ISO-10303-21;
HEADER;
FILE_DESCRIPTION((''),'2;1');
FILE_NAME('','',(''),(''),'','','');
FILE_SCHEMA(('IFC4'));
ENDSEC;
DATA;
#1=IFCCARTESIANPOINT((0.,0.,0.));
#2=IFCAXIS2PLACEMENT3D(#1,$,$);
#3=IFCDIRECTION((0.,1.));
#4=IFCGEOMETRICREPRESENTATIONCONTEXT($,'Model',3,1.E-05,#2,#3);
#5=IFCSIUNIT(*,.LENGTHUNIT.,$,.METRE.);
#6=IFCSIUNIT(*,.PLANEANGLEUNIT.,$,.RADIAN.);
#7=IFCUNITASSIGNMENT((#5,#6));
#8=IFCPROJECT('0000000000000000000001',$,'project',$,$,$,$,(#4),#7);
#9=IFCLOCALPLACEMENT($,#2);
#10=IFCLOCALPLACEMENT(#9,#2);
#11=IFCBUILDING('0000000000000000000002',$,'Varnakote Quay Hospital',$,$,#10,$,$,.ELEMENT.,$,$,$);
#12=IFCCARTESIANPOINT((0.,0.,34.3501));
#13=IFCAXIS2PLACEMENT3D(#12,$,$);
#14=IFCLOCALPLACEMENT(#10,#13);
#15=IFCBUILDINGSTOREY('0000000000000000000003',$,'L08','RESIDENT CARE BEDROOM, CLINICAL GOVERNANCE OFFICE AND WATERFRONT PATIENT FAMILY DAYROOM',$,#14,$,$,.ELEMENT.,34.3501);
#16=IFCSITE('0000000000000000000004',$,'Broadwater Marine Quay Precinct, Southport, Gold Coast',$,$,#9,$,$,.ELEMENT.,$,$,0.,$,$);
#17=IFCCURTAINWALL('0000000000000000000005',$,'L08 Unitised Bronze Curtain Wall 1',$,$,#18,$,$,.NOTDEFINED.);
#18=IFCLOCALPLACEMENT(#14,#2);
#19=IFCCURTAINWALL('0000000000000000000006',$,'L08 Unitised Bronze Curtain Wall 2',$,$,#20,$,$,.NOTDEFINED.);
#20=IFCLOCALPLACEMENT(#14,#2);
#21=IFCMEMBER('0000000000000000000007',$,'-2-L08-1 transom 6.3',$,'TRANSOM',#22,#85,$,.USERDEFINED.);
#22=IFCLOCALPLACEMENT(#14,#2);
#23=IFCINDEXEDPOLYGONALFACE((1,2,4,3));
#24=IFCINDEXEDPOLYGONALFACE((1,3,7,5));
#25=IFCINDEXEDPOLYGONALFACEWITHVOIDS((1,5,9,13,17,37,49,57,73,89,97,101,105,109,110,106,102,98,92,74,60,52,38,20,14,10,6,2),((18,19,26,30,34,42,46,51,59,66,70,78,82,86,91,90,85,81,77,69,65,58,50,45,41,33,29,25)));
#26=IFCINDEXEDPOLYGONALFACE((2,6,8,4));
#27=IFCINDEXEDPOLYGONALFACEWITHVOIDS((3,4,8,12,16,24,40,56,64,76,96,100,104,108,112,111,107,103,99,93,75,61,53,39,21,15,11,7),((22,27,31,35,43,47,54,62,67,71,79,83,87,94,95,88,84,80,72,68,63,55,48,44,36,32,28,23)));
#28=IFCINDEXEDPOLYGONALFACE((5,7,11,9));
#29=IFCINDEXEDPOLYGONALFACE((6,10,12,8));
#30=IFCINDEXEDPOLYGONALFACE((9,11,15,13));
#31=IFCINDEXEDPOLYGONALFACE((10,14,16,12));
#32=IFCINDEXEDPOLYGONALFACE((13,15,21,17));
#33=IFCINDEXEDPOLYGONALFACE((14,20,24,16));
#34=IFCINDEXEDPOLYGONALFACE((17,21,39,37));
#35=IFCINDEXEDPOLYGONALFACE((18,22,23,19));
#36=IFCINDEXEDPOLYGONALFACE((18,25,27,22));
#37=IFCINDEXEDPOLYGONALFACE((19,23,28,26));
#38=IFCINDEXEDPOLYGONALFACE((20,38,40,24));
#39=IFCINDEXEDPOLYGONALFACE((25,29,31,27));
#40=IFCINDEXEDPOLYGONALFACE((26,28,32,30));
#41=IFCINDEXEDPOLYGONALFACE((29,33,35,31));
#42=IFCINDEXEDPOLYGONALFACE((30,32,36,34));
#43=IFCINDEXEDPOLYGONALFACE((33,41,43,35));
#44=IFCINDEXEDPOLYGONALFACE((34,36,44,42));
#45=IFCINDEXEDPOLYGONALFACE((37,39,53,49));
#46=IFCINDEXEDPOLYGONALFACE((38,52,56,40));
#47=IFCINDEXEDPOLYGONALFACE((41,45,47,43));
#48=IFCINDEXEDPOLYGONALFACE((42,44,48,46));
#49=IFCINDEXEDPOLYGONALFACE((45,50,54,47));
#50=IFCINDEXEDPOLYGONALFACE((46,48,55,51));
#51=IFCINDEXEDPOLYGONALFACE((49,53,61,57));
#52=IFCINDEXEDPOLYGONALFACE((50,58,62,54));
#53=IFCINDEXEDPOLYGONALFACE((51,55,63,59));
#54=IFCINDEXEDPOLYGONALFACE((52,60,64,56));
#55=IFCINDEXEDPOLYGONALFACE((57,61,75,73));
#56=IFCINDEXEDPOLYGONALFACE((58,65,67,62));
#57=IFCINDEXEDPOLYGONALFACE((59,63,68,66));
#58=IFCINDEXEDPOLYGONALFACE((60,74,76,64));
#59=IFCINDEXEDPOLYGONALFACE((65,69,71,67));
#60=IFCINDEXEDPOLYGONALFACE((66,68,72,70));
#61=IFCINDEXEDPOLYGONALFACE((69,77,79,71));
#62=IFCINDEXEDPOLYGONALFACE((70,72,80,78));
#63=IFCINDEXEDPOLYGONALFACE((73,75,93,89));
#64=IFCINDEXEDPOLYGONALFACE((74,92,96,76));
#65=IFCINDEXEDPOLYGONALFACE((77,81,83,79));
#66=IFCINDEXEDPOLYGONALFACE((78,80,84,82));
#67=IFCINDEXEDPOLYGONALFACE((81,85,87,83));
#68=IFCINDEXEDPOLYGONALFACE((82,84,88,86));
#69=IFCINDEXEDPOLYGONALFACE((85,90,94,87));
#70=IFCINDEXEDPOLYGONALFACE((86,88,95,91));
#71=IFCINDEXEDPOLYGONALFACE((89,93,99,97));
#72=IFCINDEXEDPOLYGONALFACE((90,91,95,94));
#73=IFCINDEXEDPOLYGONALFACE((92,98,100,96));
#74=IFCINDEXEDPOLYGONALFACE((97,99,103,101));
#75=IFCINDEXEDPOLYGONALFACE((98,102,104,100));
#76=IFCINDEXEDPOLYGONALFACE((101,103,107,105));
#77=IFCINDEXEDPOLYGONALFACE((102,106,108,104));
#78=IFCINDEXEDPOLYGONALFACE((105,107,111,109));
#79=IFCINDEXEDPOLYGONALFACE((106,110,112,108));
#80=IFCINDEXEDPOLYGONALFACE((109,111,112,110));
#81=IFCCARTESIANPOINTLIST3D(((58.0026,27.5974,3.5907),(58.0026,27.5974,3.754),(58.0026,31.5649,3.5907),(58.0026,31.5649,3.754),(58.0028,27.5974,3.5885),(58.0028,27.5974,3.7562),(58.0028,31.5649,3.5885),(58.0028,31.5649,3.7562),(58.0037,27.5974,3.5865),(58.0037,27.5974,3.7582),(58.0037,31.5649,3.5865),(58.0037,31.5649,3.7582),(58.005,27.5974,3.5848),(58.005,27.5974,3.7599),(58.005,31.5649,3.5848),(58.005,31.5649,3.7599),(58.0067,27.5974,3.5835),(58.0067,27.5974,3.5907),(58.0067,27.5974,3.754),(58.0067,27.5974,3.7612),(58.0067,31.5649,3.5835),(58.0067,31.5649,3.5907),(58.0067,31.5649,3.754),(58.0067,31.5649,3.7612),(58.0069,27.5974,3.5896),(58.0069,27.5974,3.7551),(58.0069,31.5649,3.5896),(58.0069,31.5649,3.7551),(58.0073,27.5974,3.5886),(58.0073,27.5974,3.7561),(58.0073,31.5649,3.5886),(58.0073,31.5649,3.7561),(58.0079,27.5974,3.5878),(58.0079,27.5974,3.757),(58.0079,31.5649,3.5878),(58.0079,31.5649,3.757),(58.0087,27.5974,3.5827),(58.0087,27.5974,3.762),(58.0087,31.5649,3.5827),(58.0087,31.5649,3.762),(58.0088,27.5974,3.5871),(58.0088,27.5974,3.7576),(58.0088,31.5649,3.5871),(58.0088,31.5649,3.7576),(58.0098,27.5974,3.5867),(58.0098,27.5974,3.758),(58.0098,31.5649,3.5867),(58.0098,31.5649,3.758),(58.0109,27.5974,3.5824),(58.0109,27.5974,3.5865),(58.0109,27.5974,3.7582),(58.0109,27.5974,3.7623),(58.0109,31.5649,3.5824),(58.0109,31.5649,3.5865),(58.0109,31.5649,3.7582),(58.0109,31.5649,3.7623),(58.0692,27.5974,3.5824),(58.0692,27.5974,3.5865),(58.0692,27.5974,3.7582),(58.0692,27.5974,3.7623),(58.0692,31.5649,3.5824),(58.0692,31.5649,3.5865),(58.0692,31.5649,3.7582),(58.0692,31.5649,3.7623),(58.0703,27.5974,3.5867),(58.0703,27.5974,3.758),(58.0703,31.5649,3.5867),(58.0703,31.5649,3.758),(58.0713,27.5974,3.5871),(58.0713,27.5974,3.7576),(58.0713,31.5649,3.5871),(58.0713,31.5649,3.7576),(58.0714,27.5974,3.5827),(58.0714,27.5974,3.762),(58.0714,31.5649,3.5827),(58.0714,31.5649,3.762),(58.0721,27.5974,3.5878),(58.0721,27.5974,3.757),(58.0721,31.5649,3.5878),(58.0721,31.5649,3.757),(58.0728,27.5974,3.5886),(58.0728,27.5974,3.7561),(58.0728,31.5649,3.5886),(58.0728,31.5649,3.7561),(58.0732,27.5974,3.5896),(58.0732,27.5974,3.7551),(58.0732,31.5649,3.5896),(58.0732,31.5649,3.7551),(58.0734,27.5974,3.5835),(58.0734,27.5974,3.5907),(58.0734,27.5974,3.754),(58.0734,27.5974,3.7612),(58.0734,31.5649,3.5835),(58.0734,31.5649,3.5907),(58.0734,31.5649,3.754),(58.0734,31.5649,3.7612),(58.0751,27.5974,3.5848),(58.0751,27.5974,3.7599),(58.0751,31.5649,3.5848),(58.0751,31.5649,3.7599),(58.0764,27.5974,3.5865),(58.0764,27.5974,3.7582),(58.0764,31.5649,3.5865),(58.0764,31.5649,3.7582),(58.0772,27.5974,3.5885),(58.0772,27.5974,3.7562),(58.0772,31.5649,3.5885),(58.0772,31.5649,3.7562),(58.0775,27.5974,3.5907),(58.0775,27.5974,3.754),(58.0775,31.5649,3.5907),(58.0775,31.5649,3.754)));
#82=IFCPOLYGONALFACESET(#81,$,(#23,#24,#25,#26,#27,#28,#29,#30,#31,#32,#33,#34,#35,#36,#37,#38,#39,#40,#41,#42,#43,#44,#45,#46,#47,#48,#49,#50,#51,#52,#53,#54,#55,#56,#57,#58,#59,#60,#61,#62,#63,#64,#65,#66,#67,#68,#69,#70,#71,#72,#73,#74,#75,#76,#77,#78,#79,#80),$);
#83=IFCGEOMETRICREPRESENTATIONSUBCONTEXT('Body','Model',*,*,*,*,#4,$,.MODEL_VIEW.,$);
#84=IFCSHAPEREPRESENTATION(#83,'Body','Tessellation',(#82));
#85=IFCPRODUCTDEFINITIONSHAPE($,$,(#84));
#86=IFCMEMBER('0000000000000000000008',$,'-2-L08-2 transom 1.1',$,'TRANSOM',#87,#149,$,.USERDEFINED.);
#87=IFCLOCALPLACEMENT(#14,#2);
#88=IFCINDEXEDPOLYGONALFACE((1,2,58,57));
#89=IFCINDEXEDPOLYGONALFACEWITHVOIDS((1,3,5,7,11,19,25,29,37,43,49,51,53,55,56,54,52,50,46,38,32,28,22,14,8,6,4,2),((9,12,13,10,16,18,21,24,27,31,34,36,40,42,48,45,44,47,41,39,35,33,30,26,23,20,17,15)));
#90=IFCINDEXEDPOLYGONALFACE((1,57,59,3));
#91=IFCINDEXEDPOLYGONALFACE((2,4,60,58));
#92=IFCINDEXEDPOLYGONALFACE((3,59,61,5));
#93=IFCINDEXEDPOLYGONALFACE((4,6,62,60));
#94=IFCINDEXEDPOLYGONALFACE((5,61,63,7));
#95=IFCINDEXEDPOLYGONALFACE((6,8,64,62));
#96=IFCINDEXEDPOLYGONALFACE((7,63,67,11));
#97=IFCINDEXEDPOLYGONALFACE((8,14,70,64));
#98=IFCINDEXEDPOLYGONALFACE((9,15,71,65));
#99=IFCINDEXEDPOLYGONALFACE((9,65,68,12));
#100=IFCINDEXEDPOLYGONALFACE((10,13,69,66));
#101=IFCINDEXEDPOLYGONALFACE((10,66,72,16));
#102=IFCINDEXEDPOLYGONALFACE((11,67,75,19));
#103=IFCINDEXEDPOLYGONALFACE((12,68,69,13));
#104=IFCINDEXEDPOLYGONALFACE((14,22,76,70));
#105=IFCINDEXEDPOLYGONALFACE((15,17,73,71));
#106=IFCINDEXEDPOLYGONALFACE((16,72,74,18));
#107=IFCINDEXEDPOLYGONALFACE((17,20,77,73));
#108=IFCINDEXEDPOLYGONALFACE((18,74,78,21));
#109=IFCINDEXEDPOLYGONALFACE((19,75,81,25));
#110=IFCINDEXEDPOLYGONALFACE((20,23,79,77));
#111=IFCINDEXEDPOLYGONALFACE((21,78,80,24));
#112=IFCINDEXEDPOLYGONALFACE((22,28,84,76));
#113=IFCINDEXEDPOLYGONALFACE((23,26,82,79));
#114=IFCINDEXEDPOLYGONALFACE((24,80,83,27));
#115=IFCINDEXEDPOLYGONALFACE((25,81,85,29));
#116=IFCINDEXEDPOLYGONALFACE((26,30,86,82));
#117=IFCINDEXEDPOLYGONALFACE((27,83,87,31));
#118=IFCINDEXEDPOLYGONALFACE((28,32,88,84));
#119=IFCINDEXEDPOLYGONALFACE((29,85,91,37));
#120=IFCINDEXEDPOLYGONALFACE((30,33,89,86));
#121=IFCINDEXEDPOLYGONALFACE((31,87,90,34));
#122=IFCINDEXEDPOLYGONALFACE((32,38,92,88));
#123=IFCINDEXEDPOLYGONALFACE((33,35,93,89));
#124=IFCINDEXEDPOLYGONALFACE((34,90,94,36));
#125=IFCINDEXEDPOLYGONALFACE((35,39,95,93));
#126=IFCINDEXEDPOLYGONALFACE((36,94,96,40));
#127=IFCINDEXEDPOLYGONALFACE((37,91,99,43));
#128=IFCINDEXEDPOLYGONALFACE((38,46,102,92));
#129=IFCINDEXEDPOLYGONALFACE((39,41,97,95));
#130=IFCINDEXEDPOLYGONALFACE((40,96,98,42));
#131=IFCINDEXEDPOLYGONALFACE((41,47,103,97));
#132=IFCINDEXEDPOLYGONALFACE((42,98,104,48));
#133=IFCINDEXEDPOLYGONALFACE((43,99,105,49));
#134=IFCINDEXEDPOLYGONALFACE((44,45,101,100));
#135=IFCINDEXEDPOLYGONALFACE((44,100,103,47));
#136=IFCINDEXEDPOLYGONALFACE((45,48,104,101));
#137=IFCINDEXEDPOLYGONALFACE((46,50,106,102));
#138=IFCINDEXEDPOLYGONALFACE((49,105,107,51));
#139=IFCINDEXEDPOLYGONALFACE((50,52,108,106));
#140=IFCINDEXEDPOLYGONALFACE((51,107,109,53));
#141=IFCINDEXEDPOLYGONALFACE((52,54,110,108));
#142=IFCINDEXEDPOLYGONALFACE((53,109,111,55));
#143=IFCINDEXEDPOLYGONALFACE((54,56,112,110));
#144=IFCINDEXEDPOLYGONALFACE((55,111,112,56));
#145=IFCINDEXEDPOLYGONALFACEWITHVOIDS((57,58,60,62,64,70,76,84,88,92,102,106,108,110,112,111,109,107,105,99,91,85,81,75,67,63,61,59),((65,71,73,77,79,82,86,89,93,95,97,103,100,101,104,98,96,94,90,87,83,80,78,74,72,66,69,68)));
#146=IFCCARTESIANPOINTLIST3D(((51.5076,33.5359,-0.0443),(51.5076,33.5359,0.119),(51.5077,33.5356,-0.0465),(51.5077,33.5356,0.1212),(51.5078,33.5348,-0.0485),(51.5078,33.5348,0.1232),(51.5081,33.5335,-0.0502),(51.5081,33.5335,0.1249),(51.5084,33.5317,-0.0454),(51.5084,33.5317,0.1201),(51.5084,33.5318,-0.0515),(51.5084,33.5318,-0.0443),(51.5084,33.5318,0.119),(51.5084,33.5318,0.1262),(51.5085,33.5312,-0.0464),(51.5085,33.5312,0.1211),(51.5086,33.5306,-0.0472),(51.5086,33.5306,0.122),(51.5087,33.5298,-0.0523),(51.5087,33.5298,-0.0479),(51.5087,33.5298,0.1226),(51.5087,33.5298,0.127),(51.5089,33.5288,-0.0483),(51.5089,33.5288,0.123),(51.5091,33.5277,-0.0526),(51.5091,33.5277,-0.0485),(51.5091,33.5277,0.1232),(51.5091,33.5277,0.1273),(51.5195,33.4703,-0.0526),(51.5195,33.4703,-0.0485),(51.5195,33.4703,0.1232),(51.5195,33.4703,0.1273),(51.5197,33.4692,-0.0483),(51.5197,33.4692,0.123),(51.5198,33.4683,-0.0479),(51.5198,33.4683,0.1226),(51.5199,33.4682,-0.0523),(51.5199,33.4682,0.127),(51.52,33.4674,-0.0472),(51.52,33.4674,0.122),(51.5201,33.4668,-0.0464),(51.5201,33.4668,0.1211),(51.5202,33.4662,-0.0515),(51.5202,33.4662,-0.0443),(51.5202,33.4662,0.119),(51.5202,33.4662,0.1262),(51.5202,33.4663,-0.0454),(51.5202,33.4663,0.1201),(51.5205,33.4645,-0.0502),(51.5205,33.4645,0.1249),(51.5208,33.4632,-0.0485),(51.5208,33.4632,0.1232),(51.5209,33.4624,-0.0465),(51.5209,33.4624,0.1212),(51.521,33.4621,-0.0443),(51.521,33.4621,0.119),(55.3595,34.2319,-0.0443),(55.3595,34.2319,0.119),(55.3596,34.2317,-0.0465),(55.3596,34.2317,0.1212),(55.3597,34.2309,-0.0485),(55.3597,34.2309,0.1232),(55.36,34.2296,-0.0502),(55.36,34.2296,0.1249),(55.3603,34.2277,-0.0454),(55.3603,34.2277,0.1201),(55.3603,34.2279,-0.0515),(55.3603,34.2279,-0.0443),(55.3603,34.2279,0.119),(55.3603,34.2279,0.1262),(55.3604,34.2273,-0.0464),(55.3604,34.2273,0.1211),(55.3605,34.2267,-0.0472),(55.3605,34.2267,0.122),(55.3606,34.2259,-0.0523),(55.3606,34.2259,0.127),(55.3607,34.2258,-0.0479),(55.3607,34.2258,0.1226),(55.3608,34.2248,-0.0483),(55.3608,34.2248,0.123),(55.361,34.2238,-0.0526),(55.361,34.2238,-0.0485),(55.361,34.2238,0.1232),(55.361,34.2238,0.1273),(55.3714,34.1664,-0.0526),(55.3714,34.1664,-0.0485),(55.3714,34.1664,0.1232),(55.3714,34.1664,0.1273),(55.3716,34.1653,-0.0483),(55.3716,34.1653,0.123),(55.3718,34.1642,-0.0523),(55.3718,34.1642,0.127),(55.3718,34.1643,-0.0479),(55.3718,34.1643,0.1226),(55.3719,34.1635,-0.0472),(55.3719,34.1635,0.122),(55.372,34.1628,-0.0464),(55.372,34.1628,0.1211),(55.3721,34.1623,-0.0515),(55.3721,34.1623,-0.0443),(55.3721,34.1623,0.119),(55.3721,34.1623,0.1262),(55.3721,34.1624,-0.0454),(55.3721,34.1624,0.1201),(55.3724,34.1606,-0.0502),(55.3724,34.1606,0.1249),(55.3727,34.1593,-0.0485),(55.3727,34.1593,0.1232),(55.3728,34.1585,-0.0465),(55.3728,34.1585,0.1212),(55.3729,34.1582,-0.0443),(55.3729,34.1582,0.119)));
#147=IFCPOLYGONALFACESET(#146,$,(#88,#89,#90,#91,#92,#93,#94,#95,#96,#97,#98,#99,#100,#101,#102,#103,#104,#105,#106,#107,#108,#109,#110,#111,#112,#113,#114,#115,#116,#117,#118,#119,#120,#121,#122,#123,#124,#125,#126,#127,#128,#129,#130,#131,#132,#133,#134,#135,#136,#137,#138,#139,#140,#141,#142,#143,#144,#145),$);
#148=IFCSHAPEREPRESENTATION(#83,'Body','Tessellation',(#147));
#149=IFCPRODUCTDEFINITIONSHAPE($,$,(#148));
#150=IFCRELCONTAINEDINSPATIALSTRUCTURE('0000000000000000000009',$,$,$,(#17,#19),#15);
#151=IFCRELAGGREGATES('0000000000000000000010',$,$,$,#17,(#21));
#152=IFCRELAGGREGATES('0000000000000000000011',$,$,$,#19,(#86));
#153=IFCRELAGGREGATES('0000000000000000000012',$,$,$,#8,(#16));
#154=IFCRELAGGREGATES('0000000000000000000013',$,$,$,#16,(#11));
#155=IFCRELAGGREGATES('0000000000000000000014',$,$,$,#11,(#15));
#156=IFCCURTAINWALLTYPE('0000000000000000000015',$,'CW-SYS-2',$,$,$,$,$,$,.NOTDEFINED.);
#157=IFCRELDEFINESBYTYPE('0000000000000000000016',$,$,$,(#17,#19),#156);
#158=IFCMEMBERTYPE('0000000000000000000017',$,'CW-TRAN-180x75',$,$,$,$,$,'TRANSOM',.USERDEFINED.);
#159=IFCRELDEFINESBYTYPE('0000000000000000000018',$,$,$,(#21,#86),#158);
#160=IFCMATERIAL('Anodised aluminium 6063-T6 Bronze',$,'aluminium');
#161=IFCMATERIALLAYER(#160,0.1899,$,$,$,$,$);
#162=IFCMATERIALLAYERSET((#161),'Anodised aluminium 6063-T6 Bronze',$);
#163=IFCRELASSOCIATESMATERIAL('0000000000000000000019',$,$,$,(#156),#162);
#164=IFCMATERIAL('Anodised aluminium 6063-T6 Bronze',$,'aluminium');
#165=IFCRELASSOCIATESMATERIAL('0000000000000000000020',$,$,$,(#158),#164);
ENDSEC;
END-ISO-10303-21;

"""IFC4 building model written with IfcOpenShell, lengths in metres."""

from ifc_helpers import new_model, si_unit, direction, frame, origin, origin_2d, place, context, subcontext, project, spatial, hollow_rectangle, extrude, material, layer, layer_set, material_profile, profile_set, type_object, element, aggregate, save


model = new_model("IFC4")

# Units and contexts
model_context = context("Model", 3, precision=1e-05, world=origin(), true_north=direction((0.0, 1.0)))
body_context = subcontext(model_context, "Body", "Model", "MODEL_VIEW")
ifc_project = project(units=[si_unit("LENGTHUNIT", "METRE"), si_unit("PLANEANGLEUNIT", "RADIAN")], contexts=[model_context])

# Site, building, storey
site_placement = place(None, origin())
site = spatial("IfcSite", under=ifc_project, at=site_placement, Name="Broadwater Marine Quay Precinct, Southport, Gold Coast", CompositionType="ELEMENT", RefElevation=0.0)
building_placement = place(site_placement, origin())
building = spatial("IfcBuilding", under=site, at=building_placement, Name="Varnakote Quay Hospital", CompositionType="ELEMENT")
storey_placement = place(building_placement, frame((0.0, 0.0, 34.3501)))
storey = spatial("IfcBuildingStorey", under=building, at=storey_placement, Name="L08", Description="RESIDENT CARE BEDROOM, CLINICAL GOVERNANCE OFFICE AND WATERFRONT PATIENT FAMILY DAYROOM", CompositionType="ELEMENT", Elevation=34.3501)

# Curtain wall
ifc_material_1 = material(Name="Anodised aluminium 6063-T6 Bronze", Category="aluminium")
ifc_layer_1 = layer(ifc_material_1, 0.1899)
ifc_layer_set_1 = layer_set([ifc_layer_1], Name="Anodised aluminium 6063-T6 Bronze")
curtain_wall_type = type_object("IfcCurtainWallType", Name="CW-SYS-2", PredefinedType="NOTDEFINED", material=ifc_layer_set_1)
curtain_wall_1_placement = place(storey_placement, origin())
curtain_wall_1 = element("IfcCurtainWall", 1, at=curtain_wall_1_placement, inside=storey, type_object=curtain_wall_type, Name="L08 Unitised Bronze Curtain Wall 1", PredefinedType="NOTDEFINED")

# Curtain wall
curtain_wall_2_placement = place(storey_placement, origin())
curtain_wall_2 = element("IfcCurtainWall", 2, at=curtain_wall_2_placement, inside=storey, type_object=curtain_wall_type, Name="L08 Unitised Bronze Curtain Wall 2", PredefinedType="NOTDEFINED")

# Members
ifc_material_2 = material(Name="Anodised aluminium 6063-T6 Bronze", Category="aluminium")
ifc_material_profile_1 = material_profile(ifc_material_2, hollow_rectangle(XDim=0.075, YDim=0.1799, WallThickness=0.0042, InnerFilletRadius=0.0042, OuterFilletRadius=0.0083, at=origin_2d()), Name="CW-TRAN-180x75")
ifc_profile_set_1 = profile_set([ifc_material_profile_1], Name="Anodised aluminium 6063-T6 Bronze")
member_type_1 = type_object("IfcMemberType", Name="CW-TRAN-180x75", ElementType="TRANSOM", PredefinedType="USERDEFINED", material=ifc_profile_set_1)
member_1_placement = place(storey_placement, frame((58.04, 27.5974, 3.6724), z_axis=(0.0, 1.0, 0.0), x_axis=(-1.0, 0.0, 0.0)))
member_1 = element("IfcMember", 3, at=member_1_placement, type_object=member_type_1, Name="-2-L08-1 transom 6.3", ObjectType="TRANSOM", PredefinedType="USERDEFINED", context=body_context, shape_type="SweptSolid", body=[
    extrude(hollow_rectangle(XDim=0.075, YDim=0.1799, WallThickness=0.0042, InnerFilletRadius=0.0042, OuterFilletRadius=0.0083, at=origin_2d()), origin(), (0.0, 0.0, 1.0), 3.9675),
])
member_2_placement = place(storey_placement, frame((55.3662, 34.1951, 0.0374), z_axis=(-0.984062, -0.177826, 0.0), x_axis=(0.177826, -0.984062, 0.0)))
member_2 = element("IfcMember", 4, at=member_2_placement, type_object=member_type_1, Name="-2-L08-2 transom 1.1", ObjectType="TRANSOM", PredefinedType="USERDEFINED", context=body_context, shape_type="SweptSolid", body=[
    extrude(hollow_rectangle(XDim=0.075, YDim=0.1799, WallThickness=0.0042, InnerFilletRadius=0.0042, OuterFilletRadius=0.0083, at=origin_2d()), origin(), (0.0, 0.0, 1.0), 3.9143),
])

aggregate(curtain_wall_1, [member_1])
aggregate(curtain_wall_2, [member_2])

save(model, "model.ifc")
